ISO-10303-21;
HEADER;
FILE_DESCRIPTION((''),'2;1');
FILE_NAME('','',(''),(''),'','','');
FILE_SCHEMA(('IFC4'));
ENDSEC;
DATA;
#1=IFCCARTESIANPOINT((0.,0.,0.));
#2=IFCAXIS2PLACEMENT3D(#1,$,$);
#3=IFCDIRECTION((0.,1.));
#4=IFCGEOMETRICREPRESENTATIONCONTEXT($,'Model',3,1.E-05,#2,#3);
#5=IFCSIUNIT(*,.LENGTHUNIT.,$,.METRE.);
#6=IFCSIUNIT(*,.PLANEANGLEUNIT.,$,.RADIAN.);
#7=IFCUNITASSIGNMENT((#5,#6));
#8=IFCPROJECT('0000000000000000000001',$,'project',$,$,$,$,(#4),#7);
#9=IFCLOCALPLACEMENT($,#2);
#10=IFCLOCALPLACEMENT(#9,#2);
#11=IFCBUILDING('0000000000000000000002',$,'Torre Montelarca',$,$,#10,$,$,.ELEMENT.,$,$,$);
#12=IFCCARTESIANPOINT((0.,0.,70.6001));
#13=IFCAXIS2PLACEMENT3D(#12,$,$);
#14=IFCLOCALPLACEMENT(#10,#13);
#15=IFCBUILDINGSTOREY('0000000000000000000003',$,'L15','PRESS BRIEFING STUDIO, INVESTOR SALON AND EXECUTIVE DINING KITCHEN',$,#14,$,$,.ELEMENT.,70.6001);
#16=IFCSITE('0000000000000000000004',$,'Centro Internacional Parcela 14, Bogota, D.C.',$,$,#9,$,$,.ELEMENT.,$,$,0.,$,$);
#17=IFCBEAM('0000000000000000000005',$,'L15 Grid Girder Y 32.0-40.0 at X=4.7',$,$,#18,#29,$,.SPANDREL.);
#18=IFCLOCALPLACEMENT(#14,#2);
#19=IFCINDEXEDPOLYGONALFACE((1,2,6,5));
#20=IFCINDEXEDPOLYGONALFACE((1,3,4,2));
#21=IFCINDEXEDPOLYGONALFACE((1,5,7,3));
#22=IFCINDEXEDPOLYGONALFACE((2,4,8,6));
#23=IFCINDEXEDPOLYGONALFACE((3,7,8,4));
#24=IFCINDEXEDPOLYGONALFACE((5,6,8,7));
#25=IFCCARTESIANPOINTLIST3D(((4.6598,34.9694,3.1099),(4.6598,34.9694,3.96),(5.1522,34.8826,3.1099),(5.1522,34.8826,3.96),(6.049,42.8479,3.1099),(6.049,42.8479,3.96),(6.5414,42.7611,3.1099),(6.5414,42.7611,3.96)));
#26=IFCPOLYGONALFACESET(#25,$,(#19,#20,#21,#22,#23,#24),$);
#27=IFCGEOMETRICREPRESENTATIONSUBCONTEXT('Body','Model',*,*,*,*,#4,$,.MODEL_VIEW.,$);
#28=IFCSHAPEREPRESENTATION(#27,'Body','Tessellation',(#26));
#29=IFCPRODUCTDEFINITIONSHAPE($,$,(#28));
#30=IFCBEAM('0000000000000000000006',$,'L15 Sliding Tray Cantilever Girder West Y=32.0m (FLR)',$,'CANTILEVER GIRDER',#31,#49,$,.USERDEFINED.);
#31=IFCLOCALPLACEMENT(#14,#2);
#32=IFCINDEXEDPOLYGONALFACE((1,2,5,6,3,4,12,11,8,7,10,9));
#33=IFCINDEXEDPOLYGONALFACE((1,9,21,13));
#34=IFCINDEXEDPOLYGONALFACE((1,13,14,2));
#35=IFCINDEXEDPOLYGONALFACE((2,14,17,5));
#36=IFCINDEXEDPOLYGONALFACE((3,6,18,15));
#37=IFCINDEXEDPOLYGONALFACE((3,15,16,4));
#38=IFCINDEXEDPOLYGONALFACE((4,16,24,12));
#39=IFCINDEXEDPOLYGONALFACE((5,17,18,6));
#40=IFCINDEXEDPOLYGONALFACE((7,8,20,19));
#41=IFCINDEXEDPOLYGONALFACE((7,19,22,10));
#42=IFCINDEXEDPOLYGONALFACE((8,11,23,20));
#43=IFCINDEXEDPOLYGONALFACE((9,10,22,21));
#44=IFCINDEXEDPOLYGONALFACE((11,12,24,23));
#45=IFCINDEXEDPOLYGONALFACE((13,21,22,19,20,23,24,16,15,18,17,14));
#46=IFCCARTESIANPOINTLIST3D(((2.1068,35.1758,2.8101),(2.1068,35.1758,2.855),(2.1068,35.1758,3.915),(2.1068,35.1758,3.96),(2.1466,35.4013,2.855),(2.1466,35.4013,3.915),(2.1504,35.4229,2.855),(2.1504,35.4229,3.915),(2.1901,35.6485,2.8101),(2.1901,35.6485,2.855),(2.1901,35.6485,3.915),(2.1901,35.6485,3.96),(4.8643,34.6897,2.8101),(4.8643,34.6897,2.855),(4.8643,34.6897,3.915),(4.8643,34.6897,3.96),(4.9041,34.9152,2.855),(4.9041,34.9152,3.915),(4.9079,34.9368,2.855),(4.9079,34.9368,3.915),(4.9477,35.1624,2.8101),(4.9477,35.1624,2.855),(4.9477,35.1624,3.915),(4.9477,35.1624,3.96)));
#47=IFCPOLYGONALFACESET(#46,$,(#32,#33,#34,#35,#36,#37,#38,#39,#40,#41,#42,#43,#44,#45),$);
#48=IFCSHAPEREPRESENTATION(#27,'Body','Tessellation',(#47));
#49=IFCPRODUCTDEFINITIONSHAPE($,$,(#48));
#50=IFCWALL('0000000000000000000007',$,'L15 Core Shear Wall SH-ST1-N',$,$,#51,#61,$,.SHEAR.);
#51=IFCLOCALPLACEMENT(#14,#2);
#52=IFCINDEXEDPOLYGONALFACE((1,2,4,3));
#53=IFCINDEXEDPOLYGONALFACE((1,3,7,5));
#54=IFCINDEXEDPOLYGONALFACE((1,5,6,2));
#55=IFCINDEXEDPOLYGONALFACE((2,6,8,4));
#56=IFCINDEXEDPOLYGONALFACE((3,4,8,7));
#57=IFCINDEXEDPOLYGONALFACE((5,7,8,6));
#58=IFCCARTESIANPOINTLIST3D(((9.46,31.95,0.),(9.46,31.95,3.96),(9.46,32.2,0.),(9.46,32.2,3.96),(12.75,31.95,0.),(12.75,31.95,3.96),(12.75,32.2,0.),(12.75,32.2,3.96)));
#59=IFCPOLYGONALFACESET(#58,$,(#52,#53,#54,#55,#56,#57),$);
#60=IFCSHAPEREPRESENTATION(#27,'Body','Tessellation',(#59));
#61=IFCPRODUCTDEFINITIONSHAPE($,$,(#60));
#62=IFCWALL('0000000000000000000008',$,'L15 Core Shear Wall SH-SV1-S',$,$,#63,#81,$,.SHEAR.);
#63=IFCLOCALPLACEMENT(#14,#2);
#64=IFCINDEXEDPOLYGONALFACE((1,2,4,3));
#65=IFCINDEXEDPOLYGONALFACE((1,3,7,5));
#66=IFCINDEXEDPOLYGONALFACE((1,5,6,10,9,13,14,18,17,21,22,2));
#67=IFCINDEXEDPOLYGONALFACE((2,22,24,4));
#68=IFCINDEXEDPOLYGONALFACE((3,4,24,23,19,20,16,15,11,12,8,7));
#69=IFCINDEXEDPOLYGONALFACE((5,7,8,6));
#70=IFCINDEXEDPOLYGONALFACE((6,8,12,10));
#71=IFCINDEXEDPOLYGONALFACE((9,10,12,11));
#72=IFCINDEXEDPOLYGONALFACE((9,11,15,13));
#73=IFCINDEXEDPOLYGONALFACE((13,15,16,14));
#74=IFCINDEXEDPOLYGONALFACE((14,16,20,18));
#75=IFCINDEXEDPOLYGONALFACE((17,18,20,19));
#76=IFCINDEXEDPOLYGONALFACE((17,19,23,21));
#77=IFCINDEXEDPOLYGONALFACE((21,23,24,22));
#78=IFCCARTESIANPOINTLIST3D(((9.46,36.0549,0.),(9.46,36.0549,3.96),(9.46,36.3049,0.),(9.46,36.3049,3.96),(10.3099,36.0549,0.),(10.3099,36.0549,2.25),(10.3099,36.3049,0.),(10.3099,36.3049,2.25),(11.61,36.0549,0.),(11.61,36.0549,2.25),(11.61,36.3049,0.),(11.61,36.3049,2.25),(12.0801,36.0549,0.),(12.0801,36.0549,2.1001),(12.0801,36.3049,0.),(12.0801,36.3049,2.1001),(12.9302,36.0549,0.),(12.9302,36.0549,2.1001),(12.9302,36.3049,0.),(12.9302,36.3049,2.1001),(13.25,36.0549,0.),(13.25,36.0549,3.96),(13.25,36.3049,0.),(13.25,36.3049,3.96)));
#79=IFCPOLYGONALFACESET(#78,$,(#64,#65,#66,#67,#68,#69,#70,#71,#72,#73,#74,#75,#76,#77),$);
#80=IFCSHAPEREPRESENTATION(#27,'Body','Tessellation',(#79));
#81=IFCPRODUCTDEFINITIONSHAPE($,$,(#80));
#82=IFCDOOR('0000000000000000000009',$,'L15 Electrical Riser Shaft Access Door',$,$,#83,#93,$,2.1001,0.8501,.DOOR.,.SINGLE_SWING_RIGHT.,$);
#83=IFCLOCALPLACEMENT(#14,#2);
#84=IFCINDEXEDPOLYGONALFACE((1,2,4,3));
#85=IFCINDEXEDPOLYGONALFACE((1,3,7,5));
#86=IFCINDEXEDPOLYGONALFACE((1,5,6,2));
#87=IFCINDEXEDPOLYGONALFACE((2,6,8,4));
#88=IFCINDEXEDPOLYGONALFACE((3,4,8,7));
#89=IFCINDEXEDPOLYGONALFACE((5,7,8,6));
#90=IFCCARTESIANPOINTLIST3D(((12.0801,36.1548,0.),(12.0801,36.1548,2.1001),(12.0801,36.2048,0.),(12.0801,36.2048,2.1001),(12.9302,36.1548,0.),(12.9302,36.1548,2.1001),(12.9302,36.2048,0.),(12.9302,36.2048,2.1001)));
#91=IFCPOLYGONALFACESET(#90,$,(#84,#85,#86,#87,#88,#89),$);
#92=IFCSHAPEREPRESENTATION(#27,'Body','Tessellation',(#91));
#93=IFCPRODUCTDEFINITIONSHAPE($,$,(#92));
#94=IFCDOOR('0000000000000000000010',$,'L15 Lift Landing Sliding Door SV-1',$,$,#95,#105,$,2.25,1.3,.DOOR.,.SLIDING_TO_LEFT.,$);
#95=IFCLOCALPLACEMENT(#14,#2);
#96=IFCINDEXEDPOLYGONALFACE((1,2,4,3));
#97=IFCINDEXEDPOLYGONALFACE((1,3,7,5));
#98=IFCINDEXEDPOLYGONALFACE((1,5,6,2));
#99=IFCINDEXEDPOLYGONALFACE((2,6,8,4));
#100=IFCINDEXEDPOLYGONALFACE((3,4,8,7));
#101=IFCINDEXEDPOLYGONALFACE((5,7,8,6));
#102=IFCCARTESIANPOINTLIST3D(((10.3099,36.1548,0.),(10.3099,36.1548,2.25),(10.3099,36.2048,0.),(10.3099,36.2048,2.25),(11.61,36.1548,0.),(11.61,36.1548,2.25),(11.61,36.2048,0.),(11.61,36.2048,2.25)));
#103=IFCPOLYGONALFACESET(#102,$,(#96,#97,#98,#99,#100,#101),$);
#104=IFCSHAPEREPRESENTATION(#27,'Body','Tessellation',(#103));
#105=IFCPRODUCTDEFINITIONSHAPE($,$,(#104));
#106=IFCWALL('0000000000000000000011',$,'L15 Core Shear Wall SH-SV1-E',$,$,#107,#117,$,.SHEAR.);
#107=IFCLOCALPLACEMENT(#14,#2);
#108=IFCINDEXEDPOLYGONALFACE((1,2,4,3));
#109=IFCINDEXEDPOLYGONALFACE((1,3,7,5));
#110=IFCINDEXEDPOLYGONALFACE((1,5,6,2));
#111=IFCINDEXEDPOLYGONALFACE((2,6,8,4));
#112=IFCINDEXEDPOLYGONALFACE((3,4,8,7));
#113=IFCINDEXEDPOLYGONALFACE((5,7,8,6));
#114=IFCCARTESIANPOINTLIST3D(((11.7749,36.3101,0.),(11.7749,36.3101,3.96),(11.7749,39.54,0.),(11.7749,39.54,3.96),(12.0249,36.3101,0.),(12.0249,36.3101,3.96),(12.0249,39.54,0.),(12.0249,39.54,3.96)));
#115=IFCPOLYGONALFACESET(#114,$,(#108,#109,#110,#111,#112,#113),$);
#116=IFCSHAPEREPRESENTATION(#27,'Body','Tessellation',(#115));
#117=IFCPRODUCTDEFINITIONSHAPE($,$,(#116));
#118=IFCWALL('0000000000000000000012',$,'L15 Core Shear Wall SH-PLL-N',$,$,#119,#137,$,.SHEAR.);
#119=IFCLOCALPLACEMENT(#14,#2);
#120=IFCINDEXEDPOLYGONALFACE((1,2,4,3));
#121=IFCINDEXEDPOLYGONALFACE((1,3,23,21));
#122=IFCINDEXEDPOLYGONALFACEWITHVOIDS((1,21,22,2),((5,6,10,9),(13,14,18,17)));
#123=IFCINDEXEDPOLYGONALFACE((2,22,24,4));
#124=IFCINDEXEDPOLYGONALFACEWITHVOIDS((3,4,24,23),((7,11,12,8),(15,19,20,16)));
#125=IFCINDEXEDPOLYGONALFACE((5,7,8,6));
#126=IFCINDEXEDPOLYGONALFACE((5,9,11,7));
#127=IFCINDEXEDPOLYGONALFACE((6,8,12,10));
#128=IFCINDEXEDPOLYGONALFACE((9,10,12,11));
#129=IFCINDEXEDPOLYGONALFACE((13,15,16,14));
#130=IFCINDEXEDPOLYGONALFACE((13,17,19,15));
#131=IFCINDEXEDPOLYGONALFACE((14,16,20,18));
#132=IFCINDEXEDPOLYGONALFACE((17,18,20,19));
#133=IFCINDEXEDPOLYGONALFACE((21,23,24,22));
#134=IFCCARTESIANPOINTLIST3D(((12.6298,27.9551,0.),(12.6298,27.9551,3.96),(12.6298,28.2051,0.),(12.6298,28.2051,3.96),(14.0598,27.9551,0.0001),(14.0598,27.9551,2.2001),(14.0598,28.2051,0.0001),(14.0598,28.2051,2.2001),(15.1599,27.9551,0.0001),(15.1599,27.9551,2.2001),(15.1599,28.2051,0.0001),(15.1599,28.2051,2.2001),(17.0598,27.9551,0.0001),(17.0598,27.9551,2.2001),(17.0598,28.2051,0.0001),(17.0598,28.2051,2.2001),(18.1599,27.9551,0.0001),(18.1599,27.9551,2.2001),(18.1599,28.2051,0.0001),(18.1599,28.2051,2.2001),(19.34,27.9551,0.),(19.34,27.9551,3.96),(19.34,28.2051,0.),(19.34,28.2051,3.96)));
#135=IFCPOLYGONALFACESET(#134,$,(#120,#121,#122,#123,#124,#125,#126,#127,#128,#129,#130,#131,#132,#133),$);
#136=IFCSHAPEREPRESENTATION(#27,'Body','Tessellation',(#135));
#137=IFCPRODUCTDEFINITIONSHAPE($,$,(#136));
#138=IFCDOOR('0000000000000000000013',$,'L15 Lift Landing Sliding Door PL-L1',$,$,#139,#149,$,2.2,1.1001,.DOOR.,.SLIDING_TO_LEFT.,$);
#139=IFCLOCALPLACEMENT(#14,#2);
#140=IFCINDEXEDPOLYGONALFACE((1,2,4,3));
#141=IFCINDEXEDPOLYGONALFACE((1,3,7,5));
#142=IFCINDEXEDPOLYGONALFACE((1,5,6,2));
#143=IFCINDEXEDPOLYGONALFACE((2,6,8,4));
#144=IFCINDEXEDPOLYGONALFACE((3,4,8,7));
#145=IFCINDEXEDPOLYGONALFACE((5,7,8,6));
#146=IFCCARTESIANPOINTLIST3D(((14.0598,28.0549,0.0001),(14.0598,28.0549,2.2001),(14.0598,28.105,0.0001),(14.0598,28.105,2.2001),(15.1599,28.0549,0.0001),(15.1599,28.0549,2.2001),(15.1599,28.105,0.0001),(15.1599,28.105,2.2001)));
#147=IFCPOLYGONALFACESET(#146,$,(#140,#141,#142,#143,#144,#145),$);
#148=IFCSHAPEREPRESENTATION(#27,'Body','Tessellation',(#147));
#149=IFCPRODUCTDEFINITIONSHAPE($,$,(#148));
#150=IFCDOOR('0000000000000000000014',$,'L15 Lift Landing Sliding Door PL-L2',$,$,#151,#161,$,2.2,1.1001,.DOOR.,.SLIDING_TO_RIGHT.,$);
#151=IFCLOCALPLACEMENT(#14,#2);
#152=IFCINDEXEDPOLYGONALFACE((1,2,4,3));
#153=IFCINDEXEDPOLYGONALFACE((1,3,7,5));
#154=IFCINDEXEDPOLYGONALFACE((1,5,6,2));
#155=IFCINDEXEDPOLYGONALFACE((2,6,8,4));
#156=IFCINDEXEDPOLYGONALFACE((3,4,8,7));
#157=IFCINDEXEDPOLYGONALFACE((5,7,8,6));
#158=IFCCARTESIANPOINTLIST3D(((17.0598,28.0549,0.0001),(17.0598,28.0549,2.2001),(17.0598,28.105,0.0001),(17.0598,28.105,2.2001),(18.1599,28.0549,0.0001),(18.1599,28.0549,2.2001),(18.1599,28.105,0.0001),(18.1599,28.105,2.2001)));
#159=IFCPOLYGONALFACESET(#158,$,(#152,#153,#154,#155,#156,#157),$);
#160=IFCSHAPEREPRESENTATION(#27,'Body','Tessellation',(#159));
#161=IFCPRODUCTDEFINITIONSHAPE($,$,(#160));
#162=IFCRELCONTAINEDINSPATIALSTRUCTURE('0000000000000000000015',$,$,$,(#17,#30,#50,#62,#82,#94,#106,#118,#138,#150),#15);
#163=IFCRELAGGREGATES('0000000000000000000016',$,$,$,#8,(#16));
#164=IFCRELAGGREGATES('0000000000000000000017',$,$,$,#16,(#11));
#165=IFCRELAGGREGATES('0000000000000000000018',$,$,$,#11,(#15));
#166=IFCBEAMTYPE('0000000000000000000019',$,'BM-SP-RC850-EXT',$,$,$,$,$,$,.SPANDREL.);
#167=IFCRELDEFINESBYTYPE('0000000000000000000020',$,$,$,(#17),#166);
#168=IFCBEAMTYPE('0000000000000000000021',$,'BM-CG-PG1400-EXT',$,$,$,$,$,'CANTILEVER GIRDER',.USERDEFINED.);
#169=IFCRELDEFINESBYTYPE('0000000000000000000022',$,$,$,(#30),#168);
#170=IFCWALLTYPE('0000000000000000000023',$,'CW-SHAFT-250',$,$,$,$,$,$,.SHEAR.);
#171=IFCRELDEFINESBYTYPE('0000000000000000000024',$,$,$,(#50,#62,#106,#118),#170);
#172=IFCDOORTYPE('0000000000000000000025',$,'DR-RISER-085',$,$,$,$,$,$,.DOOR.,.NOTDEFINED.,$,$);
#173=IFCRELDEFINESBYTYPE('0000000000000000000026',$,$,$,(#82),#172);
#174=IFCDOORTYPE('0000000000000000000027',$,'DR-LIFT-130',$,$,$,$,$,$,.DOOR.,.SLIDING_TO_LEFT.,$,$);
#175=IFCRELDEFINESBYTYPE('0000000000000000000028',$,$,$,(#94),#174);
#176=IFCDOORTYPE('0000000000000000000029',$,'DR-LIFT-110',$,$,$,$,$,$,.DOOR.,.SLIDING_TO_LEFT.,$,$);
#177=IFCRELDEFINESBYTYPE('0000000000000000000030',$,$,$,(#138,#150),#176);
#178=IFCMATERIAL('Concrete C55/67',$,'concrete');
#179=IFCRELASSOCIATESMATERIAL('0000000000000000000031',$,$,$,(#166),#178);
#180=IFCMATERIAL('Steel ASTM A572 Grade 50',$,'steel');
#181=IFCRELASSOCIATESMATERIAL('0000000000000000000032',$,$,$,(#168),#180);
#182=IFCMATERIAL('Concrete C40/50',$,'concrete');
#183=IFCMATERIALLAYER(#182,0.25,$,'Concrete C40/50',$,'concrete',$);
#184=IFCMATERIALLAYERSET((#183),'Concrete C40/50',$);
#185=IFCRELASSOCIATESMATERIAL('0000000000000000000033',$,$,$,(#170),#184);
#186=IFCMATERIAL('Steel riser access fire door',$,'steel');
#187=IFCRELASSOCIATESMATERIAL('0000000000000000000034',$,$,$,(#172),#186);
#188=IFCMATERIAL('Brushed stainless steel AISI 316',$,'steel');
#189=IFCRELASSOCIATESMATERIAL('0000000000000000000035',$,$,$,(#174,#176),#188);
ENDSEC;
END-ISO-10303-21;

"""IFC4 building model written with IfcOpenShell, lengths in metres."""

from ifc_helpers import new_model, si_unit, direction, frame, frame_2d, origin, origin_2d, place, context, subcontext, project, spatial, rectangle, i_section, extrude, source, transform, mapped, material, layer, layer_set, material_profile, profile_set, type_object, element, fill, save


model = new_model("IFC4")

# Units and contexts
model_context = context("Model", 3, precision=1e-05, world=origin(), true_north=direction((0.0, 1.0)))
body_context = subcontext(model_context, "Body", "Model", "MODEL_VIEW")
ifc_project = project(units=[si_unit("LENGTHUNIT", "METRE"), si_unit("PLANEANGLEUNIT", "RADIAN")], contexts=[model_context])

# Site, building, storey
site_placement = place(None, origin())
site = spatial("IfcSite", under=ifc_project, at=site_placement, Name="Centro Internacional Parcela 14, Bogota, D.C.", CompositionType="ELEMENT", RefElevation=0.0)
building_placement = place(site_placement, origin())
building = spatial("IfcBuilding", under=site, at=building_placement, Name="Torre Montelarca", CompositionType="ELEMENT")
storey_placement = place(building_placement, frame((0.0, 0.0, 70.6001)))
storey = spatial("IfcBuildingStorey", under=building, at=storey_placement, Name="L15", Description="PRESS BRIEFING STUDIO, INVESTOR SALON AND EXECUTIVE DINING KITCHEN", CompositionType="ELEMENT", Elevation=70.6001)

# Beams
ifc_material_1 = material(Name="Concrete C55/67", Category="concrete")
ifc_material_profile_1 = material_profile(ifc_material_1, rectangle(XDim=0.5, YDim=0.8501, at=origin_2d()), Name="RCB500X850", Category="concrete")
ifc_profile_set_1 = profile_set([ifc_material_profile_1], Name="Concrete C55/67")
beam_type_1 = type_object("IfcBeamType", Name="BM-SP-RC850-EXT", PredefinedType="SPANDREL", material=ifc_profile_set_1)
shared_shape_1 = source(origin(), body_context, "Body", "SweptSolid", [
    extrude(rectangle(XDim=0.5, YDim=0.8501, at=origin_2d()), origin(), (0.0, 0.0, 1.0), 8.0),
])
beam_1_placement = place(storey_placement, frame((4.906, 34.926, 3.5349), z_axis=(0.173646, 0.984808, 0.0), x_axis=(-0.984808, 0.173646, 0.0)))
element("IfcBeam", 1, at=beam_1_placement, inside=storey, type_object=beam_type_1, Name="L15 Grid Girder Y 32.0-40.0 at X=4.7", PredefinedType="SPANDREL", context=body_context, shape_type="MappedRepresentation", body=[
    mapped(shared_shape_1, transform((0.0, 0.0, 0.0), scale=1.0)),
])
ifc_material_2 = material(Name="Steel ASTM A572 Grade 50", Category="steel")
ifc_material_profile_2 = material_profile(ifc_material_2, i_section(OverallWidth=0.48, OverallDepth=1.1499, WebThickness=0.022, FlangeThickness=0.0449, at=origin_2d()), Name="PG1150X480X22X45", Category="steel")
ifc_profile_set_2 = profile_set([ifc_material_profile_2], Name="Steel ASTM A572 Grade 50")
beam_type_2 = type_object("IfcBeamType", Name="BM-CG-PG1400-EXT", ElementType="CANTILEVER GIRDER", PredefinedType="USERDEFINED", material=ifc_profile_set_2)
shared_shape_2 = source(origin(), body_context, "Body", "SweptSolid", [
    extrude(i_section(OverallWidth=0.48, OverallDepth=1.1499, WebThickness=0.022, FlangeThickness=0.0449, at=origin_2d()), origin(), (0.0, 0.0, 1.0), 2.8),
])
beam_2_placement = place(storey_placement, frame((4.906, 34.926, 3.385), z_axis=(-0.984817, 0.173596, 0.0), x_axis=(-0.173596, -0.984817, 0.0)))
element("IfcBeam", 2, at=beam_2_placement, inside=storey, type_object=beam_type_2, Name="L15 Sliding Tray Cantilever Girder West Y=32.0m (FLR)", ObjectType="CANTILEVER GIRDER", PredefinedType="USERDEFINED", context=body_context, shape_type="MappedRepresentation", body=[
    mapped(shared_shape_2, transform((0.0, 0.0, 0.0), scale=1.0)),
])

# Wall
ifc_material_3 = material(Name="Concrete C40/50", Category="concrete")
ifc_layer_1 = layer(ifc_material_3, 0.25, Name="Concrete C40/50", Category="concrete")
ifc_layer_set_1 = layer_set([ifc_layer_1], Name="Concrete C40/50")
wall_type_1 = type_object("IfcWallType", Name="CW-SHAFT-250", PredefinedType="SHEAR", material=ifc_layer_set_1)
wall_1_placement = place(storey_placement, frame((9.46, 32.075, 0.0), z_axis=(0.0, 0.0, 1.0), x_axis=(1.0, 0.0, 0.0)))
element("IfcWall", 3, at=wall_1_placement, inside=storey, type_object=wall_type_1, Name="L15 Core Shear Wall SH-ST1-N", PredefinedType="SHEAR", context=body_context, shape_type="SweptSolid", body=[
    extrude(rectangle(XDim=3.29, YDim=0.25, at=frame_2d((1.645, 0.0))), origin(), (0.0, 0.0, 1.0), 3.96),
])

# Wall, openings, doors
wall_2_placement = place(storey_placement, frame((9.46, 36.1799, 0.0), z_axis=(0.0, 0.0, 1.0), x_axis=(1.0, 0.0, 0.0)))
wall_2 = element("IfcWall", 4, at=wall_2_placement, inside=storey, type_object=wall_type_1, Name="L15 Core Shear Wall SH-SV1-S", PredefinedType="SHEAR", context=body_context, shape_type="SweptSolid", body=[
    extrude(rectangle(XDim=3.79, YDim=0.25, at=frame_2d((1.895, 0.0))), origin(), (0.0, 0.0, 1.0), 3.96),
])
opening_1_placement = place(wall_2_placement, frame((2.6201, 0.0, 0.0)))
opening_1 = element("IfcOpeningElement", 5, at=opening_1_placement, cuts=wall_2, PredefinedType="OPENING", context=body_context, shape_type="SweptSolid", body=[
    extrude(rectangle(XDim=0.8501, YDim=2.1001, at=frame_2d((0.425, 1.05))), frame((0.0, 0.135, 0.0), z_axis=(0.0, -1.0, 0.0), x_axis=(1.0, 0.0, 0.0)), (0.0, 0.0, 1.0), 0.27),
])
opening_2_placement = place(wall_2_placement, frame((0.8501, 0.0, 0.0)))
opening_2 = element("IfcOpeningElement", 6, at=opening_2_placement, cuts=wall_2, PredefinedType="OPENING", context=body_context, shape_type="SweptSolid", body=[
    extrude(rectangle(XDim=1.3, YDim=2.25, at=frame_2d((0.6499, 1.125))), frame((0.0, 0.135, 0.0), z_axis=(0.0, -1.0, 0.0), x_axis=(1.0, 0.0, 0.0)), (0.0, 0.0, 1.0), 0.27),
])
ifc_material_4 = material(Name="Steel riser access fire door", Category="steel")
door_type_1 = type_object("IfcDoorType", Name="DR-RISER-085", OperationType="NOTDEFINED", PredefinedType="DOOR", material=ifc_material_4)
shared_shape_3 = source(origin(), body_context, "Body", "SweptSolid", [
    extrude(rectangle(XDim=0.8501, YDim=2.1001, at=frame_2d((0.425, 1.05))), frame((0.0, 0.0249, 0.0), z_axis=(0.0, -1.0, 0.0), x_axis=(1.0, 0.0, 0.0)), (0.0, 0.0, 1.0), 0.05),
])
door_1_placement = place(opening_1_placement, origin())
door_1 = element("IfcDoor", 7, at=door_1_placement, inside=storey, type_object=door_type_1, Name="L15 Electrical Riser Shaft Access Door", OperationType="SINGLE_SWING_RIGHT", OverallHeight=2.1001, OverallWidth=0.8501, PredefinedType="DOOR", context=body_context, shape_type="MappedRepresentation", body=[
    mapped(shared_shape_3, transform((0.0, 0.0, 0.0), scale=1.0)),
])
fill(opening_1, door_1)
ifc_material_5 = material(Name="Brushed stainless steel AISI 316", Category="steel")
door_type_2 = type_object("IfcDoorType", Name="DR-LIFT-130", OperationType="SLIDING_TO_LEFT", PredefinedType="DOOR", material=ifc_material_5)
shared_shape_4 = source(origin(), body_context, "Body", "SweptSolid", [
    extrude(rectangle(XDim=1.3, YDim=2.25, at=frame_2d((0.6499, 1.125))), frame((0.0, 0.0249, 0.0), z_axis=(0.0, -1.0, 0.0), x_axis=(1.0, 0.0, 0.0)), (0.0, 0.0, 1.0), 0.05),
])
door_2_placement = place(opening_2_placement, origin())
door_2 = element("IfcDoor", 8, at=door_2_placement, inside=storey, type_object=door_type_2, Name="L15 Lift Landing Sliding Door SV-1", OperationType="SLIDING_TO_LEFT", OverallHeight=2.25, OverallWidth=1.3, PredefinedType="DOOR", context=body_context, shape_type="MappedRepresentation", body=[
    mapped(shared_shape_4, transform((0.0, 0.0, 0.0), scale=1.0)),
])
fill(opening_2, door_2)

# Wall
wall_3_placement = place(storey_placement, frame((11.8999, 36.3101, 0.0), z_axis=(0.0, 0.0, 1.0), x_axis=(0.0, 1.0, 0.0)))
element("IfcWall", 9, at=wall_3_placement, inside=storey, type_object=wall_type_1, Name="L15 Core Shear Wall SH-SV1-E", PredefinedType="SHEAR", context=body_context, shape_type="SweptSolid", body=[
    extrude(rectangle(XDim=3.23, YDim=0.25, at=frame_2d((1.615, 0.0))), origin(), (0.0, 0.0, 1.0), 3.96),
])

# Wall, openings, doors
wall_4_placement = place(storey_placement, frame((12.6299, 28.0801, 0.0), z_axis=(0.0, 0.0, 1.0), x_axis=(1.0, 0.0, 0.0)))
wall_4 = element("IfcWall", 10, at=wall_4_placement, inside=storey, type_object=wall_type_1, Name="L15 Core Shear Wall SH-PLL-N", PredefinedType="SHEAR", context=body_context, shape_type="SweptSolid", body=[
    extrude(rectangle(XDim=6.7102, YDim=0.25, at=frame_2d((3.355, 0.0))), origin(), (0.0, 0.0, 1.0), 3.96),
])
opening_3_placement = place(wall_4_placement, frame((1.4299, 0.0, 0.0)))
opening_3 = element("IfcOpeningElement", 11, at=opening_3_placement, cuts=wall_4, PredefinedType="OPENING", context=body_context, shape_type="SweptSolid", body=[
    extrude(rectangle(XDim=1.1001, YDim=2.2, at=frame_2d((0.55, 1.1001))), frame((0.0, 0.135, 0.0), z_axis=(0.0, -1.0, 0.0), x_axis=(1.0, 0.0, 0.0)), (0.0, 0.0, 1.0), 0.27),
])
opening_4_placement = place(wall_4_placement, frame((4.4299, 0.0, 0.0)))
opening_4 = element("IfcOpeningElement", 12, at=opening_4_placement, cuts=wall_4, PredefinedType="OPENING", context=body_context, shape_type="SweptSolid", body=[
    extrude(rectangle(XDim=1.1001, YDim=2.2, at=frame_2d((0.55, 1.1001))), frame((0.0, 0.135, 0.0), z_axis=(0.0, -1.0, 0.0), x_axis=(1.0, 0.0, 0.0)), (0.0, 0.0, 1.0), 0.27),
])
door_type_3 = type_object("IfcDoorType", Name="DR-LIFT-110", OperationType="SLIDING_TO_LEFT", PredefinedType="DOOR", material=ifc_material_5)
shared_shape_5 = source(origin(), body_context, "Body", "SweptSolid", [
    extrude(rectangle(XDim=1.1001, YDim=2.2, at=frame_2d((0.55, 1.1001))), frame((0.0, 0.0249, 0.0), z_axis=(0.0, -1.0, 0.0), x_axis=(1.0, 0.0, 0.0)), (0.0, 0.0, 1.0), 0.05),
])
door_3_placement = place(opening_3_placement, origin())
door_3 = element("IfcDoor", 13, at=door_3_placement, inside=storey, type_object=door_type_3, Name="L15 Lift Landing Sliding Door PL-L1", OperationType="SLIDING_TO_LEFT", OverallHeight=2.2, OverallWidth=1.1001, PredefinedType="DOOR", context=body_context, shape_type="MappedRepresentation", body=[
    mapped(shared_shape_5, transform((0.0, 0.0, 0.0), scale=1.0)),
])
fill(opening_3, door_3)
door_4_placement = place(opening_4_placement, origin())
door_4 = element("IfcDoor", 14, at=door_4_placement, inside=storey, type_object=door_type_3, Name="L15 Lift Landing Sliding Door PL-L2", OperationType="SLIDING_TO_RIGHT", OverallHeight=2.2, OverallWidth=1.1001, PredefinedType="DOOR", context=body_context, shape_type="MappedRepresentation", body=[
    mapped(shared_shape_5, transform((0.0, 0.0, 0.0), scale=1.0)),
])
fill(opening_4, door_4)

save(model, "model.ifc")
